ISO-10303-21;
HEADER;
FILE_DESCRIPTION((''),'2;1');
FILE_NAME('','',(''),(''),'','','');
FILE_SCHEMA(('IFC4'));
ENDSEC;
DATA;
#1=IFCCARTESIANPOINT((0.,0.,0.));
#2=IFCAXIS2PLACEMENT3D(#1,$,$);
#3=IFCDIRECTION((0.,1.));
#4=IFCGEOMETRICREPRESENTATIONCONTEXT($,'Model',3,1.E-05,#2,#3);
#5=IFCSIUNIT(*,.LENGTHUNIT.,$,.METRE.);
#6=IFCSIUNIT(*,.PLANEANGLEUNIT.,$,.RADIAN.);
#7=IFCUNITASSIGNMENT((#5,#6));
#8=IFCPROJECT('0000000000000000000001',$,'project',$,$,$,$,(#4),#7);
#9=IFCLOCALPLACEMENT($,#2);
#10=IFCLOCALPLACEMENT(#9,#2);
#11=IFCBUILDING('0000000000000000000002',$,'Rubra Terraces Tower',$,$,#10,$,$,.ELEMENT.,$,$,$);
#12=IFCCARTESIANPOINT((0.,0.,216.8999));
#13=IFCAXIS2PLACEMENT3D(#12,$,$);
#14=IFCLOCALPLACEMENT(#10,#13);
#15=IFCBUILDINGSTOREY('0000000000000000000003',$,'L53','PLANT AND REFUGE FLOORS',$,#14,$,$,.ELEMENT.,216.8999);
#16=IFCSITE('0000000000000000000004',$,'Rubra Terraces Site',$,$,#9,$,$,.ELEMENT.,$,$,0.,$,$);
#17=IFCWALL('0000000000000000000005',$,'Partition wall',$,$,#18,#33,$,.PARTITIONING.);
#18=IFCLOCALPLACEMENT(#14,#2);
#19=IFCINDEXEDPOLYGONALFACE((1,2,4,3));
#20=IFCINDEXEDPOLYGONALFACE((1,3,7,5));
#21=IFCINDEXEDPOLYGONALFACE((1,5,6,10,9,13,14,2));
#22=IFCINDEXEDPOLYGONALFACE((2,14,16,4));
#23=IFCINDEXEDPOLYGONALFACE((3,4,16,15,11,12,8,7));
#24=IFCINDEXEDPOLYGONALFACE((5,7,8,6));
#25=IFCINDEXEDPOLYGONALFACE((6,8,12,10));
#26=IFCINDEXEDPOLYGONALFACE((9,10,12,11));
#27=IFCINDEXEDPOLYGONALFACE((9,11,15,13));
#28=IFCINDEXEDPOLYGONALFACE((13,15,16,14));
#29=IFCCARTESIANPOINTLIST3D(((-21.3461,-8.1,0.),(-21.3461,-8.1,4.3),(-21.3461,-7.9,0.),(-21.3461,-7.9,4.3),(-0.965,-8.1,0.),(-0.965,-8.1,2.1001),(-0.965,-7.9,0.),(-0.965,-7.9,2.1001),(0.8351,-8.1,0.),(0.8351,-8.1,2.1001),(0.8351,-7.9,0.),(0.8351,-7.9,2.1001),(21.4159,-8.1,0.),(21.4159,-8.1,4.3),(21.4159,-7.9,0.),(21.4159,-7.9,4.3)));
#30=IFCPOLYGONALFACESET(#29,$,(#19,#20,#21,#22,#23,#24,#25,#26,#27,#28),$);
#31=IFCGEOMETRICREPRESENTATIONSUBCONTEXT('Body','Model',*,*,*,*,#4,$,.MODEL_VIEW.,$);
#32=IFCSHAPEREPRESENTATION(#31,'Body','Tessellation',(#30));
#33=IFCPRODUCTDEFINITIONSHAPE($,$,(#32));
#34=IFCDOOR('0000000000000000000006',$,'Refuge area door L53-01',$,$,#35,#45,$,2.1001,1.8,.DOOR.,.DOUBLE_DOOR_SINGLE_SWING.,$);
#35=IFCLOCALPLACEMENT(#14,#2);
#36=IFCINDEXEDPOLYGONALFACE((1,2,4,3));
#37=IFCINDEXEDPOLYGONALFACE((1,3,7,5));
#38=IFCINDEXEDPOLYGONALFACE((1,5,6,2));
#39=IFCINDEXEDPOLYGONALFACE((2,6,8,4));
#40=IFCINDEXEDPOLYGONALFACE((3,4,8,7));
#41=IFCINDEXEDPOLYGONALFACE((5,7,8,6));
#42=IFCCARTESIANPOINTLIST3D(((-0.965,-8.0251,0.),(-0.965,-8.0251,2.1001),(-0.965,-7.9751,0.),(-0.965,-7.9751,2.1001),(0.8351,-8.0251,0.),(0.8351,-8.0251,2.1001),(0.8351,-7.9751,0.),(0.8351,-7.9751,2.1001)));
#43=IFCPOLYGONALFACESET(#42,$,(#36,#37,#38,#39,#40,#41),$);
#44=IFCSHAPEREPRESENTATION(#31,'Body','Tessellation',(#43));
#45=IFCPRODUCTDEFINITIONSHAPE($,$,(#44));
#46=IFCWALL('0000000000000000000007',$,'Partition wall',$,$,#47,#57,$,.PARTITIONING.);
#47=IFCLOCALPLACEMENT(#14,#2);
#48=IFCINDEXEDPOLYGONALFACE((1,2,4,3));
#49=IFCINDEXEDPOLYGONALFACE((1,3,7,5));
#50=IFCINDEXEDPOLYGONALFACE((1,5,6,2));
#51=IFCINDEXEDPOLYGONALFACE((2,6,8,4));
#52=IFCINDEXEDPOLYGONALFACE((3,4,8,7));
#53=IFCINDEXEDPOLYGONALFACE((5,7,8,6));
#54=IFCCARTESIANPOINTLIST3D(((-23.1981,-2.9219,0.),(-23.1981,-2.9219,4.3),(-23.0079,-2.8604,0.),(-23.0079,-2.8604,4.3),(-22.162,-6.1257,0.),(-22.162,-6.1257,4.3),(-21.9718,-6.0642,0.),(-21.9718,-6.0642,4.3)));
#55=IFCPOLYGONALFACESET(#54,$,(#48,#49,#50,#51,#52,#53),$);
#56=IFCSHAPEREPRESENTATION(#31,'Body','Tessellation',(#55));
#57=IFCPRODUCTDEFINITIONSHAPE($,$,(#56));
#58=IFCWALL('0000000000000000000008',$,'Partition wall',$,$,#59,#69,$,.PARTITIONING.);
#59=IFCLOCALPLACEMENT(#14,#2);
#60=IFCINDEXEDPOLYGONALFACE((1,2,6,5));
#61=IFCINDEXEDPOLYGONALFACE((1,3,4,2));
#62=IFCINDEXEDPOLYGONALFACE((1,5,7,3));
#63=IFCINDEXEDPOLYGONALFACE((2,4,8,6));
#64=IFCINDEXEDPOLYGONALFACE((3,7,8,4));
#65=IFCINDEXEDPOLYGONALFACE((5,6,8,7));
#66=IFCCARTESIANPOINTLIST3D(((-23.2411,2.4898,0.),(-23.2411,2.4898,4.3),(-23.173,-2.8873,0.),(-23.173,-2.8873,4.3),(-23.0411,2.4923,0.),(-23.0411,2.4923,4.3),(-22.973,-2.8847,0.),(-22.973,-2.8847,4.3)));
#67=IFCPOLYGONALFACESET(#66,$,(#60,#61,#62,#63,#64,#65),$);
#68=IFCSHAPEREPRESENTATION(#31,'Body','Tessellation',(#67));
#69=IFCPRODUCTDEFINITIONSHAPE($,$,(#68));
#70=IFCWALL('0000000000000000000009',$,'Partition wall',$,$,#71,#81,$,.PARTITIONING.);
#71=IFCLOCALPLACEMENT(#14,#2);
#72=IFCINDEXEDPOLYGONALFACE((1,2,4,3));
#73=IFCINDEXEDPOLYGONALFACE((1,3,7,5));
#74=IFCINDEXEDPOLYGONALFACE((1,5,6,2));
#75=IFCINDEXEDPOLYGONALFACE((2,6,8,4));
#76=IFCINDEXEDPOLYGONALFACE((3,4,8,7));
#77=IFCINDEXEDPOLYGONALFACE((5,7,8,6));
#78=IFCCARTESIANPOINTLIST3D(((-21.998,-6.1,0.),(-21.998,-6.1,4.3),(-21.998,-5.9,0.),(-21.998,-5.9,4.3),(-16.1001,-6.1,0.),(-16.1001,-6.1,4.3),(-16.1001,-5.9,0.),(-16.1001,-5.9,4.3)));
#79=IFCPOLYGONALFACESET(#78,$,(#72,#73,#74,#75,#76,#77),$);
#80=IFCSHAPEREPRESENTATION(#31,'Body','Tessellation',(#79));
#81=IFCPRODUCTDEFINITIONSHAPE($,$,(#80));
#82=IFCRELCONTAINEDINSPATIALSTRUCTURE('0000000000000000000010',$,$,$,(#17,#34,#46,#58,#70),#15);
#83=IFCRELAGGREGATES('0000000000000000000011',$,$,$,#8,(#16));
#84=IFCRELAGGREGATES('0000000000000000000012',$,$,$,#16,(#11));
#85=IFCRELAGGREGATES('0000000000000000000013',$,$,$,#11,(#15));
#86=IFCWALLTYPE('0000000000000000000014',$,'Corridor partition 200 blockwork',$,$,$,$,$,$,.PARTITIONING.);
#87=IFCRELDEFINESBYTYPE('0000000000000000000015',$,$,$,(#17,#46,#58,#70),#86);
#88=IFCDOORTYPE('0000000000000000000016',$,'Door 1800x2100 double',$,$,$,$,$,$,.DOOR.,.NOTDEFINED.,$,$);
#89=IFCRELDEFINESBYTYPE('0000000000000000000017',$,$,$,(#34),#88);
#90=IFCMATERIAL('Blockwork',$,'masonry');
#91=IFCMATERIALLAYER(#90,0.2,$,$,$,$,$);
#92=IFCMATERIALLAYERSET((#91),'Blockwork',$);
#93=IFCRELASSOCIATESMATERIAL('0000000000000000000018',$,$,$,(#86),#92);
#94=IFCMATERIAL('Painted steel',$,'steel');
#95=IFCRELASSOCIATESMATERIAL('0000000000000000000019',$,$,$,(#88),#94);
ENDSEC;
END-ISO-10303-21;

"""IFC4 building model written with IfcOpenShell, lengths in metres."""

from ifc_helpers import new_model, si_unit, direction, frame, frame_2d, origin, place, context, subcontext, project, spatial, rectangle, extrude, material, layer, layer_set, type_object, element, fill, save


model = new_model("IFC4")

# Units and contexts
model_context = context("Model", 3, precision=1e-05, world=origin(), true_north=direction((0.0, 1.0)))
body_context = subcontext(model_context, "Body", "Model", "MODEL_VIEW")
ifc_project = project(units=[si_unit("LENGTHUNIT", "METRE"), si_unit("PLANEANGLEUNIT", "RADIAN")], contexts=[model_context])

# Site, building, storey
site_placement = place(None, origin())
site = spatial("IfcSite", under=ifc_project, at=site_placement, Name="Rubra Terraces Site", CompositionType="ELEMENT", RefElevation=0.0)
building_placement = place(site_placement, origin())
building = spatial("IfcBuilding", under=site, at=building_placement, Name="Rubra Terraces Tower", CompositionType="ELEMENT")
storey_placement = place(building_placement, frame((0.0, 0.0, 216.8999)))
storey = spatial("IfcBuildingStorey", under=building, at=storey_placement, Name="L53", Description="PLANT AND REFUGE FLOORS", CompositionType="ELEMENT", Elevation=216.8999)

# Wall, opening, door
ifc_material_1 = material(Name="Blockwork", Category="masonry")
ifc_layer_1 = layer(ifc_material_1, 0.2)
ifc_layer_set_1 = layer_set([ifc_layer_1], Name="Blockwork")
wall_type_1 = type_object("IfcWallType", Name="Corridor partition 200 blockwork", PredefinedType="PARTITIONING", material=ifc_layer_set_1)
wall_1_placement = place(storey_placement, frame((-21.3459, -8.0, 0.0), z_axis=(0.0, 0.0, 1.0), x_axis=(1.0, 0.0, 0.0)))
wall_1 = element("IfcWall", 1, at=wall_1_placement, inside=storey, type_object=wall_type_1, Name="Partition wall", PredefinedType="PARTITIONING", context=body_context, shape_type="SweptSolid", body=[
    extrude(rectangle(XDim=42.762, YDim=0.2, at=frame_2d((21.3809, 0.0))), origin(), (0.0, 0.0, 1.0), 4.3),
])
opening_1_placement = place(wall_1_placement, frame((20.3811, 0.0, 0.0)))
opening_1 = element("IfcOpeningElement", 2, at=opening_1_placement, cuts=wall_1, PredefinedType="OPENING", context=body_context, shape_type="SweptSolid", body=[
    extrude(rectangle(XDim=1.8, YDim=2.1001, at=frame_2d((0.8999, 1.05))), frame((0.0, 0.1099, 0.0), z_axis=(0.0, -1.0, 0.0), x_axis=(1.0, 0.0, 0.0)), (0.0, 0.0, 1.0), 0.22),
])
ifc_material_2 = material(Name="Painted steel", Category="steel")
door_type = type_object("IfcDoorType", Name="Door 1800x2100 double", OperationType="NOTDEFINED", PredefinedType="DOOR", material=ifc_material_2)
door_placement = place(opening_1_placement, origin())
door = element("IfcDoor", 3, at=door_placement, inside=storey, type_object=door_type, Name="Refuge area door L53-01", OperationType="DOUBLE_DOOR_SINGLE_SWING", OverallHeight=2.1001, OverallWidth=1.8, PredefinedType="DOOR", context=body_context, shape_type="SweptSolid", body=[
    extrude(rectangle(XDim=1.8, YDim=2.1001, at=frame_2d((0.8999, 1.05))), frame((0.0, 0.0249, 0.0), z_axis=(0.0, -1.0, 0.0), x_axis=(1.0, 0.0, 0.0)), (0.0, 0.0, 1.0), 0.05),
])
fill(opening_1, door)

# Walls
wall_2_placement = place(storey_placement, frame((-22.0669, -6.095, 0.0), z_axis=(0.0, 0.0, 1.0), x_axis=(-0.30771, 0.95148, 0.0)))
element("IfcWall", 4, at=wall_2_placement, inside=storey, type_object=wall_type_1, Name="Partition wall", PredefinedType="PARTITIONING", context=body_context, shape_type="SweptSolid", body=[
    extrude(rectangle(XDim=3.3672, YDim=0.2, at=frame_2d((1.6836, 0.0))), origin(), (0.0, 0.0, 1.0), 4.3),
])
wall_3_placement = place(storey_placement, frame((-23.073, -2.886, 0.0), z_axis=(0.0, 0.0, 1.0), x_axis=(-0.012667, 0.99992, 0.0)))
element("IfcWall", 5, at=wall_3_placement, inside=storey, type_object=wall_type_1, Name="Partition wall", PredefinedType="PARTITIONING", context=body_context, shape_type="SweptSolid", body=[
    extrude(rectangle(XDim=5.3774, YDim=0.2, at=frame_2d((2.6887, 0.0))), origin(), (0.0, 0.0, 1.0), 4.3),
])
wall_4_placement = place(storey_placement, frame((-16.1001, -6.0, 0.0), z_axis=(0.0, 0.0, 1.0), x_axis=(-1.0, 0.0, 0.0)))
element("IfcWall", 6, at=wall_4_placement, inside=storey, type_object=wall_type_1, Name="Partition wall", PredefinedType="PARTITIONING", context=body_context, shape_type="SweptSolid", body=[
    extrude(rectangle(XDim=5.8979, YDim=0.2, at=frame_2d((2.949, 0.0))), origin(), (0.0, 0.0, 1.0), 4.3),
])

save(model, "model.ifc")
